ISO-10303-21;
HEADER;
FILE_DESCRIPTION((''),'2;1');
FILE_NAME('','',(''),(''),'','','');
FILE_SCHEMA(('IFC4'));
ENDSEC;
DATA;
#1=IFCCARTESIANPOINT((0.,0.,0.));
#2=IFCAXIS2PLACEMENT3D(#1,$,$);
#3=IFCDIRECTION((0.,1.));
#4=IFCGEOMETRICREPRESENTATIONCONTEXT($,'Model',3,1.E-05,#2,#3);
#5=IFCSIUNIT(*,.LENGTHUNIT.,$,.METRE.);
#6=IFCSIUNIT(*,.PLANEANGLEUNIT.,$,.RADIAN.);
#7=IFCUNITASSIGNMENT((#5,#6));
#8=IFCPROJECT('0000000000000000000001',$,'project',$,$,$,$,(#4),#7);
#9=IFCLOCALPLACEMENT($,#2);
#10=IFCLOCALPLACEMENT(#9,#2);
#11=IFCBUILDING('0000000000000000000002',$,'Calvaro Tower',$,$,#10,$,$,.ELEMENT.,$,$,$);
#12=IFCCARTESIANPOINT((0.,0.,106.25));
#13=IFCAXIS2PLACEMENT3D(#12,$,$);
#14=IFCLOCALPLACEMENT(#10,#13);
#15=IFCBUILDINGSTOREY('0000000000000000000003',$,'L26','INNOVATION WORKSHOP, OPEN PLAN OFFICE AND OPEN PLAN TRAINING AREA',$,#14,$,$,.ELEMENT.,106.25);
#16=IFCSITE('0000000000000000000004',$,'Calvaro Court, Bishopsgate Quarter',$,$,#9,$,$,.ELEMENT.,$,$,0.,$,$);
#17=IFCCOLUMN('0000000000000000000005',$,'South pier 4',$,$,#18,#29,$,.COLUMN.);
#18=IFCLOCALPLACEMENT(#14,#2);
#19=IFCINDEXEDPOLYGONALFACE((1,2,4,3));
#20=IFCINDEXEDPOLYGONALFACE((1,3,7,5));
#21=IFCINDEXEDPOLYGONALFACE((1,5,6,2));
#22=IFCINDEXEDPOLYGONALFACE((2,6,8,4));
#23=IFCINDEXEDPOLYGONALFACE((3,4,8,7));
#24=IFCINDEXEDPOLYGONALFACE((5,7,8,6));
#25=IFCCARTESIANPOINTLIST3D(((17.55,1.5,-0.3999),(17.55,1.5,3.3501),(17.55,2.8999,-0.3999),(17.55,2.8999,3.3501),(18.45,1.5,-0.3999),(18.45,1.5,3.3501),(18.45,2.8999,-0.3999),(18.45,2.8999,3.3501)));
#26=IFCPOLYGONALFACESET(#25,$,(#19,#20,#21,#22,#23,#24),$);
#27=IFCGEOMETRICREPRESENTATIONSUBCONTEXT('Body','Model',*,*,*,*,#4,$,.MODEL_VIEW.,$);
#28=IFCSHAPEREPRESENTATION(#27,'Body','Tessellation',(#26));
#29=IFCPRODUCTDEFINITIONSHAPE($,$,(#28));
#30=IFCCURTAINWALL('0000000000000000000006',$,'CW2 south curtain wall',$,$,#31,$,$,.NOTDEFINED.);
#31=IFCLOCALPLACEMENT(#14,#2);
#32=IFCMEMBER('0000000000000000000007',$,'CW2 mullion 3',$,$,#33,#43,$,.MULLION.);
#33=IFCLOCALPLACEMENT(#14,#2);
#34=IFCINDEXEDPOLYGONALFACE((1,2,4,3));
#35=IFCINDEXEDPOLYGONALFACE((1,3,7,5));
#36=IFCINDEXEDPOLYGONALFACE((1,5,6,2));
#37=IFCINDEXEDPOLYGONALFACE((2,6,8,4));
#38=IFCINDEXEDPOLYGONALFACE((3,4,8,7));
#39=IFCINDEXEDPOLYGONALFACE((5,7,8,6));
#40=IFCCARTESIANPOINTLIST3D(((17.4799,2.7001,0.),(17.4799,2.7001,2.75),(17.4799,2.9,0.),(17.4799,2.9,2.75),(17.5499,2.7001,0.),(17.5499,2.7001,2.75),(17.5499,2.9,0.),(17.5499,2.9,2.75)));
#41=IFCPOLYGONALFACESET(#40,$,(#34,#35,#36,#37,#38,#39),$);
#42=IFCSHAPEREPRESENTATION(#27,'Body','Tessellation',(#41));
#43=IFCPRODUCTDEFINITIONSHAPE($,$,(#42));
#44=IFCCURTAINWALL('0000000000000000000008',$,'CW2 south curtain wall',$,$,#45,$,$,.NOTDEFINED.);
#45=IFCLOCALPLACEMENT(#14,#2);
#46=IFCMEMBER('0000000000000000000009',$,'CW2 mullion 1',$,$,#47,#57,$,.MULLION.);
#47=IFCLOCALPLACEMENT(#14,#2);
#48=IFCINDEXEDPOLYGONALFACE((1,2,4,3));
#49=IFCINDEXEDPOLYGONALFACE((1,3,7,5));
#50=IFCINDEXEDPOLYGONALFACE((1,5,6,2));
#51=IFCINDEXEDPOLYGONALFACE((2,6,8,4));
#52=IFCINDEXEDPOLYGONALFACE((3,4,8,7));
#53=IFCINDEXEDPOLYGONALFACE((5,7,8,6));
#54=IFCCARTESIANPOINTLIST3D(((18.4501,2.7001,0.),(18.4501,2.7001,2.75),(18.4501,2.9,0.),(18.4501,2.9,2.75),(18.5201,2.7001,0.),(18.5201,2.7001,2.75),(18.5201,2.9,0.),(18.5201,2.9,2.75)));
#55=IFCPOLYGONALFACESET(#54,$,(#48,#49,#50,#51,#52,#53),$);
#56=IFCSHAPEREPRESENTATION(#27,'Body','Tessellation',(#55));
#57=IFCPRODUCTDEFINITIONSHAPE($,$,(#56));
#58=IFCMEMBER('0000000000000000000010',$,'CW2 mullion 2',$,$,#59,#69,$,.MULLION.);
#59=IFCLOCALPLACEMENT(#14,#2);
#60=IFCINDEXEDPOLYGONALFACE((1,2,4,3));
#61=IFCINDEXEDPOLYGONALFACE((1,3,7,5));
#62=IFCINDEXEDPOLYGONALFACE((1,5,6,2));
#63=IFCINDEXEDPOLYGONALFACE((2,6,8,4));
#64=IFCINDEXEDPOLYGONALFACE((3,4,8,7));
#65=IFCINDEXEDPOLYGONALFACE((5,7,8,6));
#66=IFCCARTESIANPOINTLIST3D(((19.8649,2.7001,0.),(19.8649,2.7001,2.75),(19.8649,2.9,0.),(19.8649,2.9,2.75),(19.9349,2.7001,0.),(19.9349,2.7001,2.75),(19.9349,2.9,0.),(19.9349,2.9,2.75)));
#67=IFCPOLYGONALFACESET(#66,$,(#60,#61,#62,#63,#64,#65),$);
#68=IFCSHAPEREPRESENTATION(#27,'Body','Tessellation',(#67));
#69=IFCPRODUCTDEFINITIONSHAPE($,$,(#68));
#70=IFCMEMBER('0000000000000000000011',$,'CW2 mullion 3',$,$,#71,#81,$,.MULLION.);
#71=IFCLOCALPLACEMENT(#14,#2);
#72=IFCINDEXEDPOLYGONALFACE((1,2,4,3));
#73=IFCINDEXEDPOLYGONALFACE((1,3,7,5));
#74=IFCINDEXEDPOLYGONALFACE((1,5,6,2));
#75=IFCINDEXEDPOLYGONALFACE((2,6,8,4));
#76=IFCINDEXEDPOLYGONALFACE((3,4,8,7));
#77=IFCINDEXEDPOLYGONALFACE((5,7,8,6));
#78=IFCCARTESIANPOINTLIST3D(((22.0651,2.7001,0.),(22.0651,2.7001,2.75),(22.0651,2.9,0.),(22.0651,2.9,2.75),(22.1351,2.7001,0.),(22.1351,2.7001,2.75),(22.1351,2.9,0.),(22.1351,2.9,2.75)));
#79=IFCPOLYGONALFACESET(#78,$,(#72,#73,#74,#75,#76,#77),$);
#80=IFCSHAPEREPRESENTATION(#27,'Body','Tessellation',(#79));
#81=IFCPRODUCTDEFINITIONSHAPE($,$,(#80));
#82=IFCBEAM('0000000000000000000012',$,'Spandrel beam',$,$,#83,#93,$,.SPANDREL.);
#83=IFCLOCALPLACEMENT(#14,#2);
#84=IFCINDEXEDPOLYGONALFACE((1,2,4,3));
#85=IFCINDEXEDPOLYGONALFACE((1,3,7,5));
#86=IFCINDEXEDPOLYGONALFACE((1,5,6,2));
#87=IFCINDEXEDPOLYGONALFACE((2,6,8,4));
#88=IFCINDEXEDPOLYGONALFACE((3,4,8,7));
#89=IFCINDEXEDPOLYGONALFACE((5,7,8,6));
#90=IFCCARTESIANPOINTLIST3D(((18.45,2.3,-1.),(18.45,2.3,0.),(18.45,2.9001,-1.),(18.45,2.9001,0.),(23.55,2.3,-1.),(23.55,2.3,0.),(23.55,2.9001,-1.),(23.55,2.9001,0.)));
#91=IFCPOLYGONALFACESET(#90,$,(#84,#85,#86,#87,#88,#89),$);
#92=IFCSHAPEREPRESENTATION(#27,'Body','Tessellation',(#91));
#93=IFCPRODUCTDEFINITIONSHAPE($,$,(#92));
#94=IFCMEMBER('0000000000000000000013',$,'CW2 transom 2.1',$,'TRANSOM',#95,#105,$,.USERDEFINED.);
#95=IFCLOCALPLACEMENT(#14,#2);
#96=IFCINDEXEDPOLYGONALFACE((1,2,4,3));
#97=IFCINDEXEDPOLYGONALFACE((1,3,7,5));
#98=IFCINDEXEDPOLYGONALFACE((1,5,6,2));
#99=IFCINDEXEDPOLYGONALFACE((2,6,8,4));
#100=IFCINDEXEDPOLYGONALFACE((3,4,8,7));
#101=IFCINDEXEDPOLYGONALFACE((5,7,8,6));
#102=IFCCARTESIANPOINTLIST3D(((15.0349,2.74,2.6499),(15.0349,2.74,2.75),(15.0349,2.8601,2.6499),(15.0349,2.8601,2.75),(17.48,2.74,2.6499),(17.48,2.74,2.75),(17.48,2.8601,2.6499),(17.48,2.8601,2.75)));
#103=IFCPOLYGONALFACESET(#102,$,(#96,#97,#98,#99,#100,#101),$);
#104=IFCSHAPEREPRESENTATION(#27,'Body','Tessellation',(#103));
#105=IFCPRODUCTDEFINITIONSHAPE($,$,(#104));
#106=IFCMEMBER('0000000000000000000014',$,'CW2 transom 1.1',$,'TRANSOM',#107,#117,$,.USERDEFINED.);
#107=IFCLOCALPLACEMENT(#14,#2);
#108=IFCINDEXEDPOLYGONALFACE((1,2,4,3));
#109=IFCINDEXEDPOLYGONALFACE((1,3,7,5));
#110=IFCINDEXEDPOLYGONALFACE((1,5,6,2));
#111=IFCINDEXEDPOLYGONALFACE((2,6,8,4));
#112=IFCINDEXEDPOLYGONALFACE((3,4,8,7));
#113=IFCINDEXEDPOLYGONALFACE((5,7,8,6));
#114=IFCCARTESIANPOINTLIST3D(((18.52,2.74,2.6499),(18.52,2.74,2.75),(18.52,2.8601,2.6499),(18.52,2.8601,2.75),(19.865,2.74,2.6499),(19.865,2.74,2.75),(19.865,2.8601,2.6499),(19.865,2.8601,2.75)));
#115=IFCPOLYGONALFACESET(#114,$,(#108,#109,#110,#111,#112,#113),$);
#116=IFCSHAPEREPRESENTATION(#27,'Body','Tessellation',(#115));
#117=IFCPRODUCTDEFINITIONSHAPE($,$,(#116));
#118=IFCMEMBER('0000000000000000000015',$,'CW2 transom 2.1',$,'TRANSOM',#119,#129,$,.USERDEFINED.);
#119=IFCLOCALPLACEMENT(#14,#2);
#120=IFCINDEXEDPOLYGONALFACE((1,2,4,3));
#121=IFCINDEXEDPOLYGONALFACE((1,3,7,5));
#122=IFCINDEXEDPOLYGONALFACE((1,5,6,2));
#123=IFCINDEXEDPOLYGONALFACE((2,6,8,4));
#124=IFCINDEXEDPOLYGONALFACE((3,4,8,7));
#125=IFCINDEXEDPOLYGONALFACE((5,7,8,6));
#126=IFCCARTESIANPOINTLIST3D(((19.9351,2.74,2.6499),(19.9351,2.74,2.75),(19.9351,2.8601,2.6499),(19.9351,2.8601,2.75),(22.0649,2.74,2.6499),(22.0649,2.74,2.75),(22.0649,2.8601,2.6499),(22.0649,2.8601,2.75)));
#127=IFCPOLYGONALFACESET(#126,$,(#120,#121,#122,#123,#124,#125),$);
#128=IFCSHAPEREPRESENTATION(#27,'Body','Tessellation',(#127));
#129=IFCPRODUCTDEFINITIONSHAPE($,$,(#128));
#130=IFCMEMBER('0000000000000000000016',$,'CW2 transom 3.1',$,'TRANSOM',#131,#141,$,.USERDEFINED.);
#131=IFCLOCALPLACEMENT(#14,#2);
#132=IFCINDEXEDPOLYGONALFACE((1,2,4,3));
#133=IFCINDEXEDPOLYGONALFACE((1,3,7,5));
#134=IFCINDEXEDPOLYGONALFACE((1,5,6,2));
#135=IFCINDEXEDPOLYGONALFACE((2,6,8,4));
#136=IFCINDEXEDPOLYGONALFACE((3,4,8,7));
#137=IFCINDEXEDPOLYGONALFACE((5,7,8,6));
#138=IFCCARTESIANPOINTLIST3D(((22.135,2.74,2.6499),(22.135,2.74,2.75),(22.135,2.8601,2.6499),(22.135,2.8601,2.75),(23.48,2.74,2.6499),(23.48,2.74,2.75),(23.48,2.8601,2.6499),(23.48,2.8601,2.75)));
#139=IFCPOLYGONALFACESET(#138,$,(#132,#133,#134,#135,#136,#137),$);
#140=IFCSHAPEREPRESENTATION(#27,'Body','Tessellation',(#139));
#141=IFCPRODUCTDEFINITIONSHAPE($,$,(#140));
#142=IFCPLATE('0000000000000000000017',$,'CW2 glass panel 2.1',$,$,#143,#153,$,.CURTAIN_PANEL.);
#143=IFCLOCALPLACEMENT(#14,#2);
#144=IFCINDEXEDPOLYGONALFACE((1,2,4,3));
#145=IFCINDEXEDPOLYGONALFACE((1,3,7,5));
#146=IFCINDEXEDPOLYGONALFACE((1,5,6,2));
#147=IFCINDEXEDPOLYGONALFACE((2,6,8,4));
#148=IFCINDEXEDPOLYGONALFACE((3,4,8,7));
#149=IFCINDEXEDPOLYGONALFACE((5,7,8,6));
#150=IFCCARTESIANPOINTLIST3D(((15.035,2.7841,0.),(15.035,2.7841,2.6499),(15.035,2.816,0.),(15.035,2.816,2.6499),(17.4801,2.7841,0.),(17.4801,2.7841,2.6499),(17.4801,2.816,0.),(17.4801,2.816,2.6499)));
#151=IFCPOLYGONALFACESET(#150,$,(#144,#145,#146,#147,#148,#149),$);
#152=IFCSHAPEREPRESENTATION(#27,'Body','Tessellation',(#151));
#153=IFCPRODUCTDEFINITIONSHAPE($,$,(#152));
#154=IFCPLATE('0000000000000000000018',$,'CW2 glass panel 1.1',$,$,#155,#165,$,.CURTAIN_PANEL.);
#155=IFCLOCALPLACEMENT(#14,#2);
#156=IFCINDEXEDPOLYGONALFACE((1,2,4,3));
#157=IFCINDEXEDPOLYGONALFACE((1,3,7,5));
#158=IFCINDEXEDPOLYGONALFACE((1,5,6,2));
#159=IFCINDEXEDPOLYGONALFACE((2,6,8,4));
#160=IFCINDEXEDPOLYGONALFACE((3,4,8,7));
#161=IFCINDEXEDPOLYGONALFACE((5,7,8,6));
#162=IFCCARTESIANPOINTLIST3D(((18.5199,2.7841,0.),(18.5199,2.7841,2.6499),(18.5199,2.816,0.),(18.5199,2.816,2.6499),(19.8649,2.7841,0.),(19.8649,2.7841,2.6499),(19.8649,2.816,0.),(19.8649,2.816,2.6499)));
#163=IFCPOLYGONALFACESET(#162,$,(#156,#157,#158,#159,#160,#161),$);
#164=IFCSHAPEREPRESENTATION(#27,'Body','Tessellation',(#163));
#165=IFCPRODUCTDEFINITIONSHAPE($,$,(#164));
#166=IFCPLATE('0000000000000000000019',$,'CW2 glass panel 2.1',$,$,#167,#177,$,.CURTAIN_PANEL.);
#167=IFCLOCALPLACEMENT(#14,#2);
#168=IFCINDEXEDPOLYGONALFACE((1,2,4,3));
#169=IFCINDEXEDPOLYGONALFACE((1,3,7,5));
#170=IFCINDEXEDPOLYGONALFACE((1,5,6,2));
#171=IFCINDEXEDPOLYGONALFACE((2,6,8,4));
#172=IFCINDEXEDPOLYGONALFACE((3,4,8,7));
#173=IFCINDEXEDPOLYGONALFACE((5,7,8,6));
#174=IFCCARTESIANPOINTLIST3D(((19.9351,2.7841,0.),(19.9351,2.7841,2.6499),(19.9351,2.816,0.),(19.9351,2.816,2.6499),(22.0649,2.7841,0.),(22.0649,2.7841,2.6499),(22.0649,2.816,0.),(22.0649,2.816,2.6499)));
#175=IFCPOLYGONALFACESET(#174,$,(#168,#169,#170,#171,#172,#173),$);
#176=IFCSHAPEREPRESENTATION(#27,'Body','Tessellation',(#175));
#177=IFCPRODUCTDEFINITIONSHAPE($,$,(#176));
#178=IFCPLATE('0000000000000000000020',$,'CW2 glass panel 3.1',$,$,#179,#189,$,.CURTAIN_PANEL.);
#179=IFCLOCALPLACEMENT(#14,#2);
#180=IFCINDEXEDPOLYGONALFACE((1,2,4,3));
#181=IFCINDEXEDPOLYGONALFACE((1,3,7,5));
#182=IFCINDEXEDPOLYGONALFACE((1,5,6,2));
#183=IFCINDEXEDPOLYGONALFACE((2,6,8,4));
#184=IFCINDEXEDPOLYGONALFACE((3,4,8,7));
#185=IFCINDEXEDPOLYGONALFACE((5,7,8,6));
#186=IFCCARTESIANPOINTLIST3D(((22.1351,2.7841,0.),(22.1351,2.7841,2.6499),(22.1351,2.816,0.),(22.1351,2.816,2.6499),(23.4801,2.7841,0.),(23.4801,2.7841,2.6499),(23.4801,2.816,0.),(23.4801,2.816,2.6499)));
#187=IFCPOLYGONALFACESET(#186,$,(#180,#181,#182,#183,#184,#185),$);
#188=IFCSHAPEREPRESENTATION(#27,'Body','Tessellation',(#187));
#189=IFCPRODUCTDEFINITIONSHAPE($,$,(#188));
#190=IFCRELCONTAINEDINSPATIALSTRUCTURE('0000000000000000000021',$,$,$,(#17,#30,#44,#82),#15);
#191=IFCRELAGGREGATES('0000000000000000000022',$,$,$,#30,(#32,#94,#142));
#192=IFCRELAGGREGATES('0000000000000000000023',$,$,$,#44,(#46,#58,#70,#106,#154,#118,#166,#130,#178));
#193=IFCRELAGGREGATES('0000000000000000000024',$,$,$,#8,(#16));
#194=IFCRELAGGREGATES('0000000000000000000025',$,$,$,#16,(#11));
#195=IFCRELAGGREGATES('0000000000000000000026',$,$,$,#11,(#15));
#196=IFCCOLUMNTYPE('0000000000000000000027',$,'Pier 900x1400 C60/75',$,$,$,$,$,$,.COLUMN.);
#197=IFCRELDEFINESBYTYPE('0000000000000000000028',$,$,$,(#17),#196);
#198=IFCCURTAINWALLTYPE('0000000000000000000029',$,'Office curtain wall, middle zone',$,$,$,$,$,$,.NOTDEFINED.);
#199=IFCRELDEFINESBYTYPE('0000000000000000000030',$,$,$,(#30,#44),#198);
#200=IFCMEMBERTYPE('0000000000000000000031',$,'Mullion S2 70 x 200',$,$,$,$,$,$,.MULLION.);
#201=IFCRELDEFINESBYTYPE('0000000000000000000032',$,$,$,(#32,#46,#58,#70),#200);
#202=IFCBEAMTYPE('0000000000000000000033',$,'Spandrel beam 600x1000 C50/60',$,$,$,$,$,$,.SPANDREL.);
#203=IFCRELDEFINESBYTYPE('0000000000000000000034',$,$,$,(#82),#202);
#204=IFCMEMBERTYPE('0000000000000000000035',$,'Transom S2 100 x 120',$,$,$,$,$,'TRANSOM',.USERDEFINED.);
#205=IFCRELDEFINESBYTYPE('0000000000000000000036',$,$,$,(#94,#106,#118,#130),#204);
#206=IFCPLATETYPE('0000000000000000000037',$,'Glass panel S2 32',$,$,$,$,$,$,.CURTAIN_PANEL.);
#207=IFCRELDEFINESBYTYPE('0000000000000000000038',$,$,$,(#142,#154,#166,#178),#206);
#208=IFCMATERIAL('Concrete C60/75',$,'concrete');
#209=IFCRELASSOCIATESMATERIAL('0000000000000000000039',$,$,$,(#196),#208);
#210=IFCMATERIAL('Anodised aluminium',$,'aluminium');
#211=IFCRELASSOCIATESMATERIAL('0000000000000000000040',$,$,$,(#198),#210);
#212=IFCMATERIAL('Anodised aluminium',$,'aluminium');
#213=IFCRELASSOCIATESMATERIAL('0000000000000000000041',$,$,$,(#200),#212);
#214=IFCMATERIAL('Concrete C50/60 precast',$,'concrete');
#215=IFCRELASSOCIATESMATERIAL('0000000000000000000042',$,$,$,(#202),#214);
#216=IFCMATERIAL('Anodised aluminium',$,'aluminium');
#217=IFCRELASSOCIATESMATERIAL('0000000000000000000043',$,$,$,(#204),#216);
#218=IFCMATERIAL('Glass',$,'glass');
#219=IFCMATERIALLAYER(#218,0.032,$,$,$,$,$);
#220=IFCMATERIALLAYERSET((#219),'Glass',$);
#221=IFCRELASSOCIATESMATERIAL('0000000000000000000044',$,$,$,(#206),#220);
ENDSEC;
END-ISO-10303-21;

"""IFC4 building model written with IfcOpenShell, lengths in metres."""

from ifc_helpers import new_model, si_unit, direction, frame, origin, origin_2d, place, context, subcontext, project, spatial, rectangle, extrude, material, layer, layer_set, material_profile, profile_set, type_object, element, aggregate, save


model = new_model("IFC4")

# Units and contexts
model_context = context("Model", 3, precision=1e-05, world=origin(), true_north=direction((0.0, 1.0)))
body_context = subcontext(model_context, "Body", "Model", "MODEL_VIEW")
ifc_project = project(units=[si_unit("LENGTHUNIT", "METRE"), si_unit("PLANEANGLEUNIT", "RADIAN")], contexts=[model_context])

# Site, building, storey
site_placement = place(None, origin())
site = spatial("IfcSite", under=ifc_project, at=site_placement, Name="Calvaro Court, Bishopsgate Quarter", CompositionType="ELEMENT", RefElevation=0.0)
building_placement = place(site_placement, origin())
building = spatial("IfcBuilding", under=site, at=building_placement, Name="Calvaro Tower", CompositionType="ELEMENT")
storey_placement = place(building_placement, frame((0.0, 0.0, 106.25)))
storey = spatial("IfcBuildingStorey", under=building, at=storey_placement, Name="L26", Description="INNOVATION WORKSHOP, OPEN PLAN OFFICE AND OPEN PLAN TRAINING AREA", CompositionType="ELEMENT", Elevation=106.25)

# Column
ifc_material_1 = material(Name="Concrete C60/75", Category="concrete")
ifc_material_profile_1 = material_profile(ifc_material_1, rectangle(XDim=0.8999, YDim=1.3999, at=origin_2d()), Name="RC 900x1400")
ifc_profile_set_1 = profile_set([ifc_material_profile_1], Name="Concrete C60/75")
column_type = type_object("IfcColumnType", Name="Pier 900x1400 C60/75", PredefinedType="COLUMN", material=ifc_profile_set_1)
column_placement = place(storey_placement, frame((18.0, 2.2, -0.3999), z_axis=(0.0, 0.0, 1.0), x_axis=(1.0, 0.0, 0.0)))
element("IfcColumn", 1, at=column_placement, inside=storey, type_object=column_type, Name="South pier 4", PredefinedType="COLUMN", context=body_context, shape_type="SweptSolid", body=[
    extrude(rectangle(XDim=0.8999, YDim=1.3999, at=origin_2d()), origin(), (0.0, 0.0, 1.0), 3.75),
])

# Curtain wall, member
ifc_material_2 = material(Name="Anodised aluminium", Category="aluminium")
curtain_wall_type = type_object("IfcCurtainWallType", Name="Office curtain wall, middle zone", PredefinedType="NOTDEFINED", material=ifc_material_2)
curtain_wall_1_placement = place(storey_placement, origin())
curtain_wall_1 = element("IfcCurtainWall", 2, at=curtain_wall_1_placement, inside=storey, type_object=curtain_wall_type, Name="CW2 south curtain wall", PredefinedType="NOTDEFINED")
ifc_material_3 = material(Name="Anodised aluminium", Category="aluminium")
ifc_material_profile_2 = material_profile(ifc_material_3, rectangle(XDim=0.2, YDim=0.0701, at=origin_2d()), Name="Mullion S2 70 x 200")
ifc_profile_set_2 = profile_set([ifc_material_profile_2], Name="Anodised aluminium")
member_type_1 = type_object("IfcMemberType", Name="Mullion S2 70 x 200", PredefinedType="MULLION", material=ifc_profile_set_2)
member_1_placement = place(storey_placement, frame((17.5149, 2.8, 0.0), z_axis=(0.0, 0.0, 1.0), x_axis=(0.0, 1.0, 0.0)))
member_1 = element("IfcMember", 3, at=member_1_placement, type_object=member_type_1, Name="CW2 mullion 3", PredefinedType="MULLION", context=body_context, shape_type="SweptSolid", body=[
    extrude(rectangle(XDim=0.2, YDim=0.0701, at=origin_2d()), origin(), (0.0, 0.0, 1.0), 2.75),
])

# Curtain wall, members
curtain_wall_2_placement = place(storey_placement, origin())
curtain_wall_2 = element("IfcCurtainWall", 4, at=curtain_wall_2_placement, inside=storey, type_object=curtain_wall_type, Name="CW2 south curtain wall", PredefinedType="NOTDEFINED")
member_2_placement = place(storey_placement, frame((18.4851, 2.8, 0.0), z_axis=(0.0, 0.0, 1.0), x_axis=(0.0, 1.0, 0.0)))
member_2 = element("IfcMember", 5, at=member_2_placement, type_object=member_type_1, Name="CW2 mullion 1", PredefinedType="MULLION", context=body_context, shape_type="SweptSolid", body=[
    extrude(rectangle(XDim=0.2, YDim=0.0701, at=origin_2d()), origin(), (0.0, 0.0, 1.0), 2.75),
])
member_3_placement = place(storey_placement, frame((19.8999, 2.8, 0.0), z_axis=(0.0, 0.0, 1.0), x_axis=(0.0, 1.0, 0.0)))
member_3 = element("IfcMember", 6, at=member_3_placement, type_object=member_type_1, Name="CW2 mullion 2", PredefinedType="MULLION", context=body_context, shape_type="SweptSolid", body=[
    extrude(rectangle(XDim=0.2, YDim=0.0701, at=origin_2d()), origin(), (0.0, 0.0, 1.0), 2.75),
])
member_4_placement = place(storey_placement, frame((22.1001, 2.8, 0.0), z_axis=(0.0, 0.0, 1.0), x_axis=(0.0, 1.0, 0.0)))
member_4 = element("IfcMember", 7, at=member_4_placement, type_object=member_type_1, Name="CW2 mullion 3", PredefinedType="MULLION", context=body_context, shape_type="SweptSolid", body=[
    extrude(rectangle(XDim=0.2, YDim=0.0701, at=origin_2d()), origin(), (0.0, 0.0, 1.0), 2.75),
])

# Beam
ifc_material_4 = material(Name="Concrete C50/60 precast", Category="concrete")
ifc_material_profile_3 = material_profile(ifc_material_4, rectangle(XDim=0.6001, YDim=1.0, at=origin_2d()), Name="RC 600x1000")
ifc_profile_set_3 = profile_set([ifc_material_profile_3], Name="Concrete C50/60 precast")
beam_type = type_object("IfcBeamType", Name="Spandrel beam 600x1000 C50/60", PredefinedType="SPANDREL", material=ifc_profile_set_3)
beam_placement = place(storey_placement, frame((18.45, 2.6001, -0.5), z_axis=(1.0, 0.0, 0.0), x_axis=(0.0, 1.0, 0.0)))
element("IfcBeam", 8, at=beam_placement, inside=storey, type_object=beam_type, Name="Spandrel beam", PredefinedType="SPANDREL", context=body_context, shape_type="SweptSolid", body=[
    extrude(rectangle(XDim=0.6001, YDim=1.0, at=origin_2d()), origin(), (0.0, 0.0, 1.0), 5.1001),
])

# Members
ifc_material_5 = material(Name="Anodised aluminium", Category="aluminium")
ifc_material_profile_4 = material_profile(ifc_material_5, rectangle(XDim=0.1201, YDim=0.1001, at=origin_2d()), Name="Transom S2 100 x 120")
ifc_profile_set_4 = profile_set([ifc_material_profile_4], Name="Anodised aluminium")
member_type_2 = type_object("IfcMemberType", Name="Transom S2 100 x 120", ElementType="TRANSOM", PredefinedType="USERDEFINED", material=ifc_profile_set_4)
member_5_placement = place(storey_placement, frame((15.0349, 2.8, 2.7), z_axis=(1.0, 0.0, 0.0), x_axis=(0.0, 1.0, 0.0)))
member_5 = element("IfcMember", 9, at=member_5_placement, type_object=member_type_2, Name="CW2 transom 2.1", ObjectType="TRANSOM", PredefinedType="USERDEFINED", context=body_context, shape_type="SweptSolid", body=[
    extrude(rectangle(XDim=0.1201, YDim=0.1001, at=origin_2d()), origin(), (0.0, 0.0, 1.0), 2.4451),
])
member_6_placement = place(storey_placement, frame((18.52, 2.8, 2.7), z_axis=(1.0, 0.0, 0.0), x_axis=(0.0, 1.0, 0.0)))
member_6 = element("IfcMember", 10, at=member_6_placement, type_object=member_type_2, Name="CW2 transom 1.1", ObjectType="TRANSOM", PredefinedType="USERDEFINED", context=body_context, shape_type="SweptSolid", body=[
    extrude(rectangle(XDim=0.1201, YDim=0.1001, at=origin_2d()), origin(), (0.0, 0.0, 1.0), 1.345),
])
member_7_placement = place(storey_placement, frame((19.9351, 2.8, 2.7), z_axis=(1.0, 0.0, 0.0), x_axis=(0.0, 1.0, 0.0)))
member_7 = element("IfcMember", 11, at=member_7_placement, type_object=member_type_2, Name="CW2 transom 2.1", ObjectType="TRANSOM", PredefinedType="USERDEFINED", context=body_context, shape_type="SweptSolid", body=[
    extrude(rectangle(XDim=0.1201, YDim=0.1001, at=origin_2d()), origin(), (0.0, 0.0, 1.0), 2.1299),
])
member_8_placement = place(storey_placement, frame((22.135, 2.8, 2.7), z_axis=(1.0, 0.0, 0.0), x_axis=(0.0, 1.0, 0.0)))
member_8 = element("IfcMember", 12, at=member_8_placement, type_object=member_type_2, Name="CW2 transom 3.1", ObjectType="TRANSOM", PredefinedType="USERDEFINED", context=body_context, shape_type="SweptSolid", body=[
    extrude(rectangle(XDim=0.1201, YDim=0.1001, at=origin_2d()), origin(), (0.0, 0.0, 1.0), 1.345),
])

# Plates
ifc_material_6 = material(Name="Glass", Category="glass")
ifc_layer_1 = layer(ifc_material_6, 0.032)
ifc_layer_set_1 = layer_set([ifc_layer_1], Name="Glass")
plate_type = type_object("IfcPlateType", Name="Glass panel S2 32", PredefinedType="CURTAIN_PANEL", material=ifc_layer_set_1)
plate_1_placement = place(storey_placement, frame((16.2576, 2.8, 0.0), z_axis=(0.0, 0.0, 1.0), x_axis=(1.0, 0.0, 0.0)))
plate_1 = element("IfcPlate", 13, at=plate_1_placement, type_object=plate_type, Name="CW2 glass panel 2.1", PredefinedType="CURTAIN_PANEL", context=body_context, shape_type="SweptSolid", body=[
    extrude(rectangle(XDim=2.4451, YDim=0.032, at=origin_2d()), origin(), (0.0, 0.0, 1.0), 2.6499),
])
aggregate(curtain_wall_1, [member_1, member_5, plate_1])
plate_2_placement = place(storey_placement, frame((19.1924, 2.8, 0.0), z_axis=(0.0, 0.0, 1.0), x_axis=(1.0, 0.0, 0.0)))
plate_2 = element("IfcPlate", 14, at=plate_2_placement, type_object=plate_type, Name="CW2 glass panel 1.1", PredefinedType="CURTAIN_PANEL", context=body_context, shape_type="SweptSolid", body=[
    extrude(rectangle(XDim=1.345, YDim=0.032, at=origin_2d()), origin(), (0.0, 0.0, 1.0), 2.6499),
])
plate_3_placement = place(storey_placement, frame((21.0, 2.8, 0.0), z_axis=(0.0, 0.0, 1.0), x_axis=(1.0, 0.0, 0.0)))
plate_3 = element("IfcPlate", 15, at=plate_3_placement, type_object=plate_type, Name="CW2 glass panel 2.1", PredefinedType="CURTAIN_PANEL", context=body_context, shape_type="SweptSolid", body=[
    extrude(rectangle(XDim=2.1299, YDim=0.032, at=origin_2d()), origin(), (0.0, 0.0, 1.0), 2.6499),
])
plate_4_placement = place(storey_placement, frame((22.8076, 2.8, 0.0), z_axis=(0.0, 0.0, 1.0), x_axis=(1.0, 0.0, 0.0)))
plate_4 = element("IfcPlate", 16, at=plate_4_placement, type_object=plate_type, Name="CW2 glass panel 3.1", PredefinedType="CURTAIN_PANEL", context=body_context, shape_type="SweptSolid", body=[
    extrude(rectangle(XDim=1.345, YDim=0.032, at=origin_2d()), origin(), (0.0, 0.0, 1.0), 2.6499),
])
aggregate(curtain_wall_2, [member_2, member_3, member_4, member_6, plate_2, member_7, plate_3, member_8, plate_4])

save(model, "model.ifc")
